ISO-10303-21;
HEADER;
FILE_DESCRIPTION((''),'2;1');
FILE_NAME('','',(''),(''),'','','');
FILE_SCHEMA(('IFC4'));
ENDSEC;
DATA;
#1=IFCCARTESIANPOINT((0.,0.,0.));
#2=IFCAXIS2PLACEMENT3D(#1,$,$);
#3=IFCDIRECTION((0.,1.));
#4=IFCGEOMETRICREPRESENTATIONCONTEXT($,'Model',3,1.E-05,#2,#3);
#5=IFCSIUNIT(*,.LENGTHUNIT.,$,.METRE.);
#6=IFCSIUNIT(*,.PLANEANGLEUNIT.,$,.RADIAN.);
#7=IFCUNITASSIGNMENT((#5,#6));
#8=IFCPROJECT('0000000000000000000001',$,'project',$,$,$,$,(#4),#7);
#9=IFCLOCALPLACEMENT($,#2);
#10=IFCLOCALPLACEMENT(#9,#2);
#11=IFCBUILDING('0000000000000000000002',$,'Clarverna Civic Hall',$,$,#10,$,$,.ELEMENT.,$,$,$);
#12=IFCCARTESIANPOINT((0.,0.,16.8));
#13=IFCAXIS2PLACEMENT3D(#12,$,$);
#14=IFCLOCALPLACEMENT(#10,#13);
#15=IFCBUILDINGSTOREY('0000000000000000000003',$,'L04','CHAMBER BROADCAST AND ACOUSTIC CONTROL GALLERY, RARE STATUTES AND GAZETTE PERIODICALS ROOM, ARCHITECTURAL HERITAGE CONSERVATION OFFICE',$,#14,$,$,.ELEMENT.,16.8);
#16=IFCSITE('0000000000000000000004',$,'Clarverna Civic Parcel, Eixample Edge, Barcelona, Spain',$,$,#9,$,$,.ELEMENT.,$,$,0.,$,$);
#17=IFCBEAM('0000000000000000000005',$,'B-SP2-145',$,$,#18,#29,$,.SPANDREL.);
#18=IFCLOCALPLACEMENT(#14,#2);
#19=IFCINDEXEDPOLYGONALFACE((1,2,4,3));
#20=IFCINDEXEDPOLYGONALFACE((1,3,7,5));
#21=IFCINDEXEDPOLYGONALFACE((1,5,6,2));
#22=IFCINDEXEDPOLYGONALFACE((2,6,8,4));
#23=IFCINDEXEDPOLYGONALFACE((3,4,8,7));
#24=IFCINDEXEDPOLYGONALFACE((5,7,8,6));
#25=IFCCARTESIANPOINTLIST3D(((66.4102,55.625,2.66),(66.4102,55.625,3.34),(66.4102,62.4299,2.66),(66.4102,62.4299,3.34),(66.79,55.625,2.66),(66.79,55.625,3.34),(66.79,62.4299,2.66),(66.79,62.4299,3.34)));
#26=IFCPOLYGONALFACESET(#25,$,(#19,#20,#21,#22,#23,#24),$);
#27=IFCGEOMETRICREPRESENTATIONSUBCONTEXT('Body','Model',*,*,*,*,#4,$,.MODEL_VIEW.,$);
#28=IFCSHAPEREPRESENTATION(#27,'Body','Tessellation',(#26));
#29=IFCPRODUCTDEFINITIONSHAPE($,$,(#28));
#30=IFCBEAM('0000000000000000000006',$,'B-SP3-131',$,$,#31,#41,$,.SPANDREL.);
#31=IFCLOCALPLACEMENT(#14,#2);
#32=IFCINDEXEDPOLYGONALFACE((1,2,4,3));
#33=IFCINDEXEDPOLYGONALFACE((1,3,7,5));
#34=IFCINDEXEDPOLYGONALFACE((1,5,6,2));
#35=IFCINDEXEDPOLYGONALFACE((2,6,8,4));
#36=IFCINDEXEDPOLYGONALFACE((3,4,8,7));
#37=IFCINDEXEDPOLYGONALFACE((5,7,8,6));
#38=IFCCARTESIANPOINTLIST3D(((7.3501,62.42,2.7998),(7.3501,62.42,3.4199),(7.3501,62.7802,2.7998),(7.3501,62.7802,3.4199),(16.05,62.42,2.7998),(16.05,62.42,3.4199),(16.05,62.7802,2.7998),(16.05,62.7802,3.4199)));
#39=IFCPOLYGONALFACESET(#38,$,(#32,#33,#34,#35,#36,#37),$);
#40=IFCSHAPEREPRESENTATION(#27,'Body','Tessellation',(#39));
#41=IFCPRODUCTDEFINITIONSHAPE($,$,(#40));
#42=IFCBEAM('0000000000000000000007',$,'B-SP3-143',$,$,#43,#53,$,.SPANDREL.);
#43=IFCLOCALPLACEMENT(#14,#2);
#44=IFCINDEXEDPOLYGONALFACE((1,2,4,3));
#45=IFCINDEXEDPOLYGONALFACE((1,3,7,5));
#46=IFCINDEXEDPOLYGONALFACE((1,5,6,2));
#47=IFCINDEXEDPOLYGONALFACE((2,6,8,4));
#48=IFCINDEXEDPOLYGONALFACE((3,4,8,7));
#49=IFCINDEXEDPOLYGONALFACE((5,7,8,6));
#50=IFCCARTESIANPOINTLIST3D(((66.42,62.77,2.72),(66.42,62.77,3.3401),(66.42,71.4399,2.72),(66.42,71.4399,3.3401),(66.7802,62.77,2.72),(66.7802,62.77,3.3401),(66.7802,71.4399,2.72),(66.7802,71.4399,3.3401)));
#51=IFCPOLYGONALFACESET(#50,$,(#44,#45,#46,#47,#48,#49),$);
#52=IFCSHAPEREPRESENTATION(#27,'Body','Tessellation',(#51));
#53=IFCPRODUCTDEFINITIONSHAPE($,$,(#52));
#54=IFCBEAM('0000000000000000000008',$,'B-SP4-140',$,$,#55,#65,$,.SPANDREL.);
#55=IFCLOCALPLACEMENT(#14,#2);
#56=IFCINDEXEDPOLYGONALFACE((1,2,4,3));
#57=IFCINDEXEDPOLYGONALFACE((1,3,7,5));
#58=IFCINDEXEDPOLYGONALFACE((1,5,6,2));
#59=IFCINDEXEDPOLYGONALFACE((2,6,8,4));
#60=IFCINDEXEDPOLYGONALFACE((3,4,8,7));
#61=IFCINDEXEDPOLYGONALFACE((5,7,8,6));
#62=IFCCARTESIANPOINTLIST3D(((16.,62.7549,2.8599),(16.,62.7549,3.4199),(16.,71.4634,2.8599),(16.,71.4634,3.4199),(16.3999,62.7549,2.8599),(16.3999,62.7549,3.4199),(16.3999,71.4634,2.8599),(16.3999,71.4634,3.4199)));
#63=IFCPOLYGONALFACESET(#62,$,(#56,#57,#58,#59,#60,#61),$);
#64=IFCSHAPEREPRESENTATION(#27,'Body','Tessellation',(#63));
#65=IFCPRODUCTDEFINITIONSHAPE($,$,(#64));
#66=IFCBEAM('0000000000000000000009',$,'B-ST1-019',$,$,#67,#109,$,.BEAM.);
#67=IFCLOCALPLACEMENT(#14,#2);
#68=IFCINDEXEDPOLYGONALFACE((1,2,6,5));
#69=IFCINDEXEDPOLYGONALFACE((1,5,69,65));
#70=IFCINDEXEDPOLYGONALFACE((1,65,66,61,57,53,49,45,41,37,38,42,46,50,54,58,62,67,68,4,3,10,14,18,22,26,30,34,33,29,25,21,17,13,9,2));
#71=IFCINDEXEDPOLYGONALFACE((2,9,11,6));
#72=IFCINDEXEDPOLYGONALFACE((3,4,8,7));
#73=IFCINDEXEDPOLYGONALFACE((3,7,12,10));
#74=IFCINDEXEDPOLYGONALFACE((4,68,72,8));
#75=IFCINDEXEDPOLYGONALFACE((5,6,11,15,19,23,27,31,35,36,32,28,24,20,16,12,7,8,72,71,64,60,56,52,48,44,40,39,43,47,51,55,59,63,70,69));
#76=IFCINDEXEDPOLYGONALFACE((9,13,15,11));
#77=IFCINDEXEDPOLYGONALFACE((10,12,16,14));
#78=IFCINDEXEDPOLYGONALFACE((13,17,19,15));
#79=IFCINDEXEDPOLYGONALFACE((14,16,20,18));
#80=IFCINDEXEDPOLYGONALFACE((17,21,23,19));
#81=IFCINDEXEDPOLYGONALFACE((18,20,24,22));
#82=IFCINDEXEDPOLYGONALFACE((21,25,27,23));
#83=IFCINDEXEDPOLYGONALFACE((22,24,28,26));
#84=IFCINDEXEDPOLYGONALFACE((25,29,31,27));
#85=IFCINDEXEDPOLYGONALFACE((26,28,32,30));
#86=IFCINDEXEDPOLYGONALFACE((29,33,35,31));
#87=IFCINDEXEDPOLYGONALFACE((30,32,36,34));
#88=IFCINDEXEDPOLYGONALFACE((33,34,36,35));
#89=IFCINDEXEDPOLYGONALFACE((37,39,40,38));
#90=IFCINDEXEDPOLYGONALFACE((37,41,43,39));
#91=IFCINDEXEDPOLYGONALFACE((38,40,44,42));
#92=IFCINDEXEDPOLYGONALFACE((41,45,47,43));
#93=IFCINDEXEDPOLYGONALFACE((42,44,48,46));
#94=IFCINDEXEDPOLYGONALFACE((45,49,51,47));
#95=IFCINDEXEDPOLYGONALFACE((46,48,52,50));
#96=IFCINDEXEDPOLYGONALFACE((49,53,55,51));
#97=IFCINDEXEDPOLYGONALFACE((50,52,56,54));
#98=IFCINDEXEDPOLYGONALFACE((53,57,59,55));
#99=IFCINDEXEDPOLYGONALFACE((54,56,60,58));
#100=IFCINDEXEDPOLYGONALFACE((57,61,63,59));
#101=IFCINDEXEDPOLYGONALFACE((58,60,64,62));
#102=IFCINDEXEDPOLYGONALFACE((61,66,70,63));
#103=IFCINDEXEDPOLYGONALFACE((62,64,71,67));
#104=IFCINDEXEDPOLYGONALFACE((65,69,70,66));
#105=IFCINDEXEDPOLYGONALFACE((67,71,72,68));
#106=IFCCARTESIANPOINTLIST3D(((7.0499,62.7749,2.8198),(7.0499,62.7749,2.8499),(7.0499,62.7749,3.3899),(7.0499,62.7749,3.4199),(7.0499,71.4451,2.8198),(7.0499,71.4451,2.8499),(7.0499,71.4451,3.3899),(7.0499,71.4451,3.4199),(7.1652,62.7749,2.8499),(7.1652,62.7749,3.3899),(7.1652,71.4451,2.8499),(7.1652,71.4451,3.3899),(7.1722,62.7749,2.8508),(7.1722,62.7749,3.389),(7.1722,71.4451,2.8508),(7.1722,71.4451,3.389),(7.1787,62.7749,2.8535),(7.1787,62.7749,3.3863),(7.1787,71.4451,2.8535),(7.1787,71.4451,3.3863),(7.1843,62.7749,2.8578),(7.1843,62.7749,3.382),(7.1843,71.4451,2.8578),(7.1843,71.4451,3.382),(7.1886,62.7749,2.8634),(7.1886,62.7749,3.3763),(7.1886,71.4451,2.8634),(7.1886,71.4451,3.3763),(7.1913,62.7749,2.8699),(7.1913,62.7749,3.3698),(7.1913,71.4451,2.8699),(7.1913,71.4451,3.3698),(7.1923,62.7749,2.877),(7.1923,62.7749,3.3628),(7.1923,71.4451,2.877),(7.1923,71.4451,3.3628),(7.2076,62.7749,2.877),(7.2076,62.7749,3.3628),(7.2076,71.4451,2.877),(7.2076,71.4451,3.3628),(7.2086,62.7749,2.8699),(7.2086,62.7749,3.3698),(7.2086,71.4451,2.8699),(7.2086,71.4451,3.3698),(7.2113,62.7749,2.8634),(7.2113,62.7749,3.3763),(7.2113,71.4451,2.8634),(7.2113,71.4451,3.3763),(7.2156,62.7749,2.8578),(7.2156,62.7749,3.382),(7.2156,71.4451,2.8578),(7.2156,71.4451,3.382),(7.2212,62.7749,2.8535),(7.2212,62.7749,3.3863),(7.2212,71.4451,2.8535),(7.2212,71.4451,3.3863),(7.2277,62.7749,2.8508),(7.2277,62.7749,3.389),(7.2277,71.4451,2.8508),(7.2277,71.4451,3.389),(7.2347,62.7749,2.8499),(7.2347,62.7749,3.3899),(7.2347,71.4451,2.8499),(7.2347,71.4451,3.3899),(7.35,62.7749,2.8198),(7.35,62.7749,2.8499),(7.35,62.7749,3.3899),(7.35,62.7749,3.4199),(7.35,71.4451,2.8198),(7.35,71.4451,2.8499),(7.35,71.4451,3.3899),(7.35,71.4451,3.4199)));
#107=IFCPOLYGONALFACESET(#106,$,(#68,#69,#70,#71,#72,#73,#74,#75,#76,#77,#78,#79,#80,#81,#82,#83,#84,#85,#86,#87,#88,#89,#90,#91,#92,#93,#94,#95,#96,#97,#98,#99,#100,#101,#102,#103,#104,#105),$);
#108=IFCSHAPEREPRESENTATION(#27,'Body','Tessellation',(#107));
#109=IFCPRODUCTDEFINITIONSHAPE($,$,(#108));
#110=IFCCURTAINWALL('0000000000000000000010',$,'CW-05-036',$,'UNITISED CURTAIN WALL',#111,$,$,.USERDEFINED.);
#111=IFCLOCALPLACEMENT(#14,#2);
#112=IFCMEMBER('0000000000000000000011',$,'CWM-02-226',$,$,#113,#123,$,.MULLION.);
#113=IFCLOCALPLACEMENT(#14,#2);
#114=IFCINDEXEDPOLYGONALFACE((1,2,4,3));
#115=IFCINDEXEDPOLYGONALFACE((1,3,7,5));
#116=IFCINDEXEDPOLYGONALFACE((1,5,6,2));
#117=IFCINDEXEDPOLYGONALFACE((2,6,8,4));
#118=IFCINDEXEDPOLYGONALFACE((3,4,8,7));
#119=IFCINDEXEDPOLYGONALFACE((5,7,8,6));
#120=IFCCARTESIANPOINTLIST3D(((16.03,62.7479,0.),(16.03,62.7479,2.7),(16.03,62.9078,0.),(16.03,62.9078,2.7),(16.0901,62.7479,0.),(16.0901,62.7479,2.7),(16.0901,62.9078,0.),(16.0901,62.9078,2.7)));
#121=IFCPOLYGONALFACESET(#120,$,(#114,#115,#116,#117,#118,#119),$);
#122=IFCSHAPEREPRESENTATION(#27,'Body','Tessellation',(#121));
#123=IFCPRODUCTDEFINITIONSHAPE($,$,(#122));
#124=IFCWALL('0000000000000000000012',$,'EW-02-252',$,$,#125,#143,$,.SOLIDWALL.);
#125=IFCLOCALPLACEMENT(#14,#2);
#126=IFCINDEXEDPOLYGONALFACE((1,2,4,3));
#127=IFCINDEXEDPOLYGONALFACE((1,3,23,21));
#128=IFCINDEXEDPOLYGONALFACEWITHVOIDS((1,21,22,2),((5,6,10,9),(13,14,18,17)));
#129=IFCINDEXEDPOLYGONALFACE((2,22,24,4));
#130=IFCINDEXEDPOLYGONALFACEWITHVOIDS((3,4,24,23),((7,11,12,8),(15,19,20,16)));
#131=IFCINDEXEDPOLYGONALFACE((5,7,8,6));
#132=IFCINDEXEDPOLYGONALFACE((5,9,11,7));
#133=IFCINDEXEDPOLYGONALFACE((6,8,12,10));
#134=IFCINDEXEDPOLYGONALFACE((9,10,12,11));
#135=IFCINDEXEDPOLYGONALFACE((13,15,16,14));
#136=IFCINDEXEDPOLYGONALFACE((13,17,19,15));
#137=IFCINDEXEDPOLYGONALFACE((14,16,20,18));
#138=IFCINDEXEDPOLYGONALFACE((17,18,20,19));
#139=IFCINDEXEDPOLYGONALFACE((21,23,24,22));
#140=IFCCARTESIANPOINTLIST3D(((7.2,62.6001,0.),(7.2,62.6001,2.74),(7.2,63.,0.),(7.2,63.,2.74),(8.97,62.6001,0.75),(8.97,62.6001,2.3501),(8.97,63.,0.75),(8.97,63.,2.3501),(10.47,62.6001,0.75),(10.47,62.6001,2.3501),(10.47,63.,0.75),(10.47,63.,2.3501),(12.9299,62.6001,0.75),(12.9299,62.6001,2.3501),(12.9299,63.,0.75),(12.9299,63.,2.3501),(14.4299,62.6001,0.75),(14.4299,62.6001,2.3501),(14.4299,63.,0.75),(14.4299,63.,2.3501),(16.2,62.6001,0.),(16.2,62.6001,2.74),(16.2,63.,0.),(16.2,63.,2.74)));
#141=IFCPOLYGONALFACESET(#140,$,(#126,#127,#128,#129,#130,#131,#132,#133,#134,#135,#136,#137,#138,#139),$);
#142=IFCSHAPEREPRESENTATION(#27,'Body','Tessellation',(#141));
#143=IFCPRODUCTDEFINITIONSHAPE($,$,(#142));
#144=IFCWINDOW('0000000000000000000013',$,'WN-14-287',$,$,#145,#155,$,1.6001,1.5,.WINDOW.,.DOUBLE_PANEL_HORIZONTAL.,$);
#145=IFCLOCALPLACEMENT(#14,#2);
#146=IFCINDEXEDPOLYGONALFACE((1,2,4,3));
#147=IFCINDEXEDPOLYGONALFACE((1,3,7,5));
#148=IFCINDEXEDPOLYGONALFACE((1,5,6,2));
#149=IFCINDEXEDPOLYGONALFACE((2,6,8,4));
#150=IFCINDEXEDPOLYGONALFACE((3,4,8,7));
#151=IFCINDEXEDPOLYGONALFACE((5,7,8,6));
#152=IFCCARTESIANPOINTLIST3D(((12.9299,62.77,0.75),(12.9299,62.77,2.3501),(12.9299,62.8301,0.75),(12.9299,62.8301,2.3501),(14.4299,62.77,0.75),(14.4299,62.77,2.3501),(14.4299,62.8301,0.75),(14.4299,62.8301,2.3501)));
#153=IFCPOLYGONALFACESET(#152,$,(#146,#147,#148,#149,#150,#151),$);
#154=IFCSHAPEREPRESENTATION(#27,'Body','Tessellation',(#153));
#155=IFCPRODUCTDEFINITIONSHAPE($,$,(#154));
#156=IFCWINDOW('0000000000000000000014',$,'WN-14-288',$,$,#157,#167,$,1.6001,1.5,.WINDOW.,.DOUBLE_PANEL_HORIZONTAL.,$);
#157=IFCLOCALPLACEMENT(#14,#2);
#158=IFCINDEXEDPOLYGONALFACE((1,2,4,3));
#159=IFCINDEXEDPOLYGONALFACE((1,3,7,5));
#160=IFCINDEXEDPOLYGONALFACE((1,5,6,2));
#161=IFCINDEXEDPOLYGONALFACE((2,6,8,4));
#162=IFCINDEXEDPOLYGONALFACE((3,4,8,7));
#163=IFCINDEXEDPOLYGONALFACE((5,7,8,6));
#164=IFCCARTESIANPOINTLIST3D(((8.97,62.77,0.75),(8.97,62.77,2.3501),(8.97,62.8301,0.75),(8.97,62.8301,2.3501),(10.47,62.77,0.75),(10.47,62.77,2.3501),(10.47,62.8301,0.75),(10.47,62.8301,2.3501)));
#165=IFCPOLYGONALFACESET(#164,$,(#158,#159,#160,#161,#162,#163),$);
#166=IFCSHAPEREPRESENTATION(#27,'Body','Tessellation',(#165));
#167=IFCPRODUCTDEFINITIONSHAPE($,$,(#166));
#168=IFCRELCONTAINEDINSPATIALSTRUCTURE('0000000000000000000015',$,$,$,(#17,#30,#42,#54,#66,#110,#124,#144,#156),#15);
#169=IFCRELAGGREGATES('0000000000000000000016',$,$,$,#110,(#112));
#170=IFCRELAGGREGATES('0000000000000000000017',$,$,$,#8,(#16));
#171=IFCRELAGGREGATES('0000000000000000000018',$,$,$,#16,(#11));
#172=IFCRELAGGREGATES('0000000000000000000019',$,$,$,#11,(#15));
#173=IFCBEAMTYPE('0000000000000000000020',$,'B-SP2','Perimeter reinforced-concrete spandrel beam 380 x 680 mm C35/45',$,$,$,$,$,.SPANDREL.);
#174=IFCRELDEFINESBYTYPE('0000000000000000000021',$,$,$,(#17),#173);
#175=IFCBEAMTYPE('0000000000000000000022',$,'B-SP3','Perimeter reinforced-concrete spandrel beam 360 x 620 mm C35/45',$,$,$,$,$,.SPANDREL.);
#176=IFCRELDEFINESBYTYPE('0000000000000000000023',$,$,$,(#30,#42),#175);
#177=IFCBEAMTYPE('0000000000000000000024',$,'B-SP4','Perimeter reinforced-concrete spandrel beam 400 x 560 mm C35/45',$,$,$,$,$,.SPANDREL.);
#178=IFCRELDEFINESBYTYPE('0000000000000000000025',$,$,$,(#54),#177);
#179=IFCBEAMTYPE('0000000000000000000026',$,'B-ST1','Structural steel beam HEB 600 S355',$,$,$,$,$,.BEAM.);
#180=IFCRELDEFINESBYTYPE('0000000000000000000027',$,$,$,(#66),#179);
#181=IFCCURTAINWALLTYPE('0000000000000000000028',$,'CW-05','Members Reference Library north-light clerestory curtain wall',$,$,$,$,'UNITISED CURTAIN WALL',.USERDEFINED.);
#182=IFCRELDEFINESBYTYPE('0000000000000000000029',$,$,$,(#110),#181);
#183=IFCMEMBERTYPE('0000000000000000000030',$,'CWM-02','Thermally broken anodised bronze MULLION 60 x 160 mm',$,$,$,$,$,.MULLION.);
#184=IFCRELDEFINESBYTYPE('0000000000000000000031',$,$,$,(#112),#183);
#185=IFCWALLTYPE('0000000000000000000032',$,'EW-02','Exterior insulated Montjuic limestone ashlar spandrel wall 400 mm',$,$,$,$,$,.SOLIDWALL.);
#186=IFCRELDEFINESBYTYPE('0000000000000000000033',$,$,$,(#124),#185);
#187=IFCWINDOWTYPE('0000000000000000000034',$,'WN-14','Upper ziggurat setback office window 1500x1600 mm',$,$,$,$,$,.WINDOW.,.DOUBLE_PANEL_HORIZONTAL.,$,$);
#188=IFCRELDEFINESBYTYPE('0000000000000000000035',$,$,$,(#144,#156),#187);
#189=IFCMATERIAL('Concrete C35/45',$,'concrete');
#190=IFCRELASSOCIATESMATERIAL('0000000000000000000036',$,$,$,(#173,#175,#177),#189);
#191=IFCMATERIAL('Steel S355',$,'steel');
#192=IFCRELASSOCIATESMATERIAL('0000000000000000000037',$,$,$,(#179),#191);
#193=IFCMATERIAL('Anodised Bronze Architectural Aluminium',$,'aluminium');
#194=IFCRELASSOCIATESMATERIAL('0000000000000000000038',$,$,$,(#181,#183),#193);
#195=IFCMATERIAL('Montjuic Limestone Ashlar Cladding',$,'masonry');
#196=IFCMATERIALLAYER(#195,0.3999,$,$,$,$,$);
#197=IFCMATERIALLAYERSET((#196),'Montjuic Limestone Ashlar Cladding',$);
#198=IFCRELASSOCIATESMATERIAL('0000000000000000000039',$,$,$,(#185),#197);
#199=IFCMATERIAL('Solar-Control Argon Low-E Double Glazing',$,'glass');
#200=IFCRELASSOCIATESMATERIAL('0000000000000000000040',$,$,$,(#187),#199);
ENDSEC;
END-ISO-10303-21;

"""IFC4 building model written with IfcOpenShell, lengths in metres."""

from ifc_helpers import new_model, si_unit, direction, frame, frame_2d, origin, origin_2d, place, context, subcontext, project, spatial, rectangle, i_section, extrude, material, layer, layer_set, material_profile, profile_set, type_object, element, fill, aggregate, save


model = new_model("IFC4")

# Units and contexts
model_context = context("Model", 3, precision=1e-05, world=origin(), true_north=direction((0.0, 1.0)))
body_context = subcontext(model_context, "Body", "Model", "MODEL_VIEW")
ifc_project = project(units=[si_unit("LENGTHUNIT", "METRE"), si_unit("PLANEANGLEUNIT", "RADIAN")], contexts=[model_context])

# Site, building, storey
site_placement = place(None, origin())
site = spatial("IfcSite", under=ifc_project, at=site_placement, Name="Clarverna Civic Parcel, Eixample Edge, Barcelona, Spain", CompositionType="ELEMENT", RefElevation=0.0)
building_placement = place(site_placement, origin())
building = spatial("IfcBuilding", under=site, at=building_placement, Name="Clarverna Civic Hall", CompositionType="ELEMENT")
storey_placement = place(building_placement, frame((0.0, 0.0, 16.8)))
storey = spatial("IfcBuildingStorey", under=building, at=storey_placement, Name="L04", Description="CHAMBER BROADCAST AND ACOUSTIC CONTROL GALLERY, RARE STATUTES AND GAZETTE PERIODICALS ROOM, ARCHITECTURAL HERITAGE CONSERVATION OFFICE", CompositionType="ELEMENT", Elevation=16.8)

# Shared definitions
ifc_material_1 = material(Name="Concrete C35/45", Category="concrete")
ifc_material_2 = material(Name="Steel S355", Category="steel")

# Beams
ifc_material_profile_1 = material_profile(ifc_material_1, rectangle(XDim=0.3799, YDim=0.6799, at=origin_2d()), Name="RC 380x680")
ifc_profile_set_1 = profile_set([ifc_material_profile_1], Name="Concrete C35/45")
beam_type_1 = type_object("IfcBeamType", Name="B-SP2", Description="Perimeter reinforced-concrete spandrel beam 380 x 680 mm C35/45", PredefinedType="SPANDREL", material=ifc_profile_set_1)
beam_1_placement = place(storey_placement, frame((66.6001, 55.625, 3.0), z_axis=(0.0, 1.0, 0.0), x_axis=(-1.0, 0.0, 0.0)))
element("IfcBeam", 1, at=beam_1_placement, inside=storey, type_object=beam_type_1, Name="B-SP2-145", PredefinedType="SPANDREL", context=body_context, shape_type="SweptSolid", body=[
    extrude(rectangle(XDim=0.3799, YDim=0.6799, at=origin_2d()), origin(), (0.0, 0.0, 1.0), 6.8049),
])
ifc_material_profile_2 = material_profile(ifc_material_1, rectangle(XDim=0.3601, YDim=0.6201, at=origin_2d()), Name="RC 360x620")
ifc_profile_set_2 = profile_set([ifc_material_profile_2], Name="Concrete C35/45")
beam_type_2 = type_object("IfcBeamType", Name="B-SP3", Description="Perimeter reinforced-concrete spandrel beam 360 x 620 mm C35/45", PredefinedType="SPANDREL", material=ifc_profile_set_2)
beam_2_placement = place(storey_placement, frame((7.3501, 62.6001, 3.1099), z_axis=(1.0, 0.0, 0.0), x_axis=(0.0, 1.0, 0.0)))
element("IfcBeam", 2, at=beam_2_placement, inside=storey, type_object=beam_type_2, Name="B-SP3-131", PredefinedType="SPANDREL", context=body_context, shape_type="SweptSolid", body=[
    extrude(rectangle(XDim=0.3601, YDim=0.6201, at=origin_2d()), origin(), (0.0, 0.0, 1.0), 8.7),
])
beam_3_placement = place(storey_placement, frame((66.6001, 62.77, 3.03), z_axis=(0.0, 1.0, 0.0), x_axis=(-1.0, 0.0, 0.0)))
element("IfcBeam", 3, at=beam_3_placement, inside=storey, type_object=beam_type_2, Name="B-SP3-143", PredefinedType="SPANDREL", context=body_context, shape_type="SweptSolid", body=[
    extrude(rectangle(XDim=0.3601, YDim=0.6201, at=origin_2d()), origin(), (0.0, 0.0, 1.0), 8.6699),
])
ifc_material_profile_3 = material_profile(ifc_material_1, rectangle(XDim=0.3999, YDim=0.5601, at=origin_2d()), Name="RC 400x560")
ifc_profile_set_3 = profile_set([ifc_material_profile_3], Name="Concrete C35/45")
beam_type_3 = type_object("IfcBeamType", Name="B-SP4", Description="Perimeter reinforced-concrete spandrel beam 400 x 560 mm C35/45", PredefinedType="SPANDREL", material=ifc_profile_set_3)
beam_4_placement = place(storey_placement, frame((16.2, 62.7549, 3.1399), z_axis=(0.0, 1.0, 0.0), x_axis=(-1.0, 0.0, 0.0)))
element("IfcBeam", 4, at=beam_4_placement, inside=storey, type_object=beam_type_3, Name="B-SP4-140", PredefinedType="SPANDREL", context=body_context, shape_type="SweptSolid", body=[
    extrude(rectangle(XDim=0.3999, YDim=0.5601, at=origin_2d()), origin(), (0.0, 0.0, 1.0), 8.7085),
])
ifc_material_profile_4 = material_profile(ifc_material_2, i_section(OverallWidth=0.3, OverallDepth=0.6001, WebThickness=0.0154, FlangeThickness=0.03, FilletRadius=0.0271, at=origin_2d()), Name="HEB 600")
ifc_profile_set_4 = profile_set([ifc_material_profile_4], Name="Steel S355")
beam_type_4 = type_object("IfcBeamType", Name="B-ST1", Description="Structural steel beam HEB 600 S355", PredefinedType="BEAM", material=ifc_profile_set_4)
beam_5_placement = place(storey_placement, frame((7.2, 62.7749, 3.1199), z_axis=(0.0, 1.0, 0.0), x_axis=(-1.0, 0.0, 0.0)))
element("IfcBeam", 5, at=beam_5_placement, inside=storey, type_object=beam_type_4, Name="B-ST1-019", PredefinedType="BEAM", context=body_context, shape_type="SweptSolid", body=[
    extrude(i_section(OverallWidth=0.3, OverallDepth=0.6001, WebThickness=0.0154, FlangeThickness=0.03, FilletRadius=0.0271, at=origin_2d()), origin(), (0.0, 0.0, 1.0), 8.6702),
])

# Curtain wall, member
ifc_material_3 = material(Name="Anodised Bronze Architectural Aluminium", Category="aluminium")
curtain_wall_type = type_object("IfcCurtainWallType", Name="CW-05", Description="Members Reference Library north-light clerestory curtain wall", ElementType="UNITISED CURTAIN WALL", PredefinedType="USERDEFINED", material=ifc_material_3)
curtain_wall_placement = place(storey_placement, origin())
curtain_wall = element("IfcCurtainWall", 6, at=curtain_wall_placement, inside=storey, type_object=curtain_wall_type, Name="CW-05-036", ObjectType="UNITISED CURTAIN WALL", PredefinedType="USERDEFINED")
ifc_material_profile_5 = material_profile(ifc_material_3, rectangle(XDim=0.0601, YDim=0.1599, at=origin_2d()), Name="BRONZE 60x160")
ifc_profile_set_5 = profile_set([ifc_material_profile_5], Name="Anodised Bronze Architectural Aluminium")
member_type = type_object("IfcMemberType", Name="CWM-02", Description="Thermally broken anodised bronze MULLION 60 x 160 mm", PredefinedType="MULLION", material=ifc_profile_set_5)
member_placement = place(storey_placement, frame((16.0601, 62.8279, 0.0), z_axis=(0.0, 0.0, 1.0), x_axis=(1.0, 0.0, 0.0)))
member = element("IfcMember", 7, at=member_placement, type_object=member_type, Name="CWM-02-226", PredefinedType="MULLION", context=body_context, shape_type="SweptSolid", body=[
    extrude(rectangle(XDim=0.0601, YDim=0.1599, at=origin_2d()), origin(), (0.0, 0.0, 1.0), 2.7),
])
aggregate(curtain_wall, [member])

# Wall, openings, windows
ifc_material_4 = material(Name="Montjuic Limestone Ashlar Cladding", Category="masonry")
ifc_layer_1 = layer(ifc_material_4, 0.3999)
ifc_layer_set_1 = layer_set([ifc_layer_1], Name="Montjuic Limestone Ashlar Cladding")
wall_type_1 = type_object("IfcWallType", Name="EW-02", Description="Exterior insulated Montjuic limestone ashlar spandrel wall 400 mm", PredefinedType="SOLIDWALL", material=ifc_layer_set_1)
wall_1_placement = place(storey_placement, frame((16.2, 62.8, 0.0), z_axis=(0.0, 0.0, 1.0), x_axis=(-1.0, 0.0, 0.0)))
wall_1 = element("IfcWall", 8, at=wall_1_placement, inside=storey, type_object=wall_type_1, Name="EW-02-252", PredefinedType="SOLIDWALL", context=body_context, shape_type="SweptSolid", body=[
    extrude(rectangle(XDim=9.0, YDim=0.3999, at=frame_2d((4.5, 0.0))), origin(), (0.0, 0.0, 1.0), 2.74),
])
opening_1_placement = place(wall_1_placement, frame((1.77, 0.0, 0.75)))
opening_1 = element("IfcOpeningElement", 9, at=opening_1_placement, cuts=wall_1, PredefinedType="OPENING", context=body_context, shape_type="SweptSolid", body=[
    extrude(rectangle(XDim=1.5, YDim=1.6001, at=frame_2d((0.75, 0.8))), frame((0.0, 0.21, 0.0), z_axis=(0.0, -1.0, 0.0), x_axis=(1.0, 0.0, 0.0)), (0.0, 0.0, 1.0), 0.4199),
])
opening_2_placement = place(wall_1_placement, frame((5.73, 0.0, 0.75)))
opening_2 = element("IfcOpeningElement", 10, at=opening_2_placement, cuts=wall_1, PredefinedType="OPENING", context=body_context, shape_type="SweptSolid", body=[
    extrude(rectangle(XDim=1.5, YDim=1.6001, at=frame_2d((0.75, 0.8))), frame((0.0, 0.21, 0.0), z_axis=(0.0, -1.0, 0.0), x_axis=(1.0, 0.0, 0.0)), (0.0, 0.0, 1.0), 0.4199),
])
ifc_material_5 = material(Name="Solar-Control Argon Low-E Double Glazing", Category="glass")
window_type = type_object("IfcWindowType", Name="WN-14", Description="Upper ziggurat setback office window 1500x1600 mm", PartitioningType="DOUBLE_PANEL_HORIZONTAL", PredefinedType="WINDOW", material=ifc_material_5)
window_1_placement = place(opening_1_placement, origin())
window_1 = element("IfcWindow", 11, at=window_1_placement, inside=storey, type_object=window_type, Name="WN-14-287", OverallHeight=1.6001, OverallWidth=1.5, PartitioningType="DOUBLE_PANEL_HORIZONTAL", PredefinedType="WINDOW", context=body_context, shape_type="SweptSolid", body=[
    extrude(rectangle(XDim=1.5, YDim=1.6001, at=frame_2d((0.75, 0.8))), frame((0.0, 0.03, 0.0), z_axis=(0.0, -1.0, 0.0), x_axis=(1.0, 0.0, 0.0)), (0.0, 0.0, 1.0), 0.0601),
])
fill(opening_1, window_1)
window_2_placement = place(opening_2_placement, origin())
window_2 = element("IfcWindow", 12, at=window_2_placement, inside=storey, type_object=window_type, Name="WN-14-288", OverallHeight=1.6001, OverallWidth=1.5, PartitioningType="DOUBLE_PANEL_HORIZONTAL", PredefinedType="WINDOW", context=body_context, shape_type="SweptSolid", body=[
    extrude(rectangle(XDim=1.5, YDim=1.6001, at=frame_2d((0.75, 0.8))), frame((0.0, 0.03, 0.0), z_axis=(0.0, -1.0, 0.0), x_axis=(1.0, 0.0, 0.0)), (0.0, 0.0, 1.0), 0.0601),
])
fill(opening_2, window_2)

save(model, "model.ifc")
